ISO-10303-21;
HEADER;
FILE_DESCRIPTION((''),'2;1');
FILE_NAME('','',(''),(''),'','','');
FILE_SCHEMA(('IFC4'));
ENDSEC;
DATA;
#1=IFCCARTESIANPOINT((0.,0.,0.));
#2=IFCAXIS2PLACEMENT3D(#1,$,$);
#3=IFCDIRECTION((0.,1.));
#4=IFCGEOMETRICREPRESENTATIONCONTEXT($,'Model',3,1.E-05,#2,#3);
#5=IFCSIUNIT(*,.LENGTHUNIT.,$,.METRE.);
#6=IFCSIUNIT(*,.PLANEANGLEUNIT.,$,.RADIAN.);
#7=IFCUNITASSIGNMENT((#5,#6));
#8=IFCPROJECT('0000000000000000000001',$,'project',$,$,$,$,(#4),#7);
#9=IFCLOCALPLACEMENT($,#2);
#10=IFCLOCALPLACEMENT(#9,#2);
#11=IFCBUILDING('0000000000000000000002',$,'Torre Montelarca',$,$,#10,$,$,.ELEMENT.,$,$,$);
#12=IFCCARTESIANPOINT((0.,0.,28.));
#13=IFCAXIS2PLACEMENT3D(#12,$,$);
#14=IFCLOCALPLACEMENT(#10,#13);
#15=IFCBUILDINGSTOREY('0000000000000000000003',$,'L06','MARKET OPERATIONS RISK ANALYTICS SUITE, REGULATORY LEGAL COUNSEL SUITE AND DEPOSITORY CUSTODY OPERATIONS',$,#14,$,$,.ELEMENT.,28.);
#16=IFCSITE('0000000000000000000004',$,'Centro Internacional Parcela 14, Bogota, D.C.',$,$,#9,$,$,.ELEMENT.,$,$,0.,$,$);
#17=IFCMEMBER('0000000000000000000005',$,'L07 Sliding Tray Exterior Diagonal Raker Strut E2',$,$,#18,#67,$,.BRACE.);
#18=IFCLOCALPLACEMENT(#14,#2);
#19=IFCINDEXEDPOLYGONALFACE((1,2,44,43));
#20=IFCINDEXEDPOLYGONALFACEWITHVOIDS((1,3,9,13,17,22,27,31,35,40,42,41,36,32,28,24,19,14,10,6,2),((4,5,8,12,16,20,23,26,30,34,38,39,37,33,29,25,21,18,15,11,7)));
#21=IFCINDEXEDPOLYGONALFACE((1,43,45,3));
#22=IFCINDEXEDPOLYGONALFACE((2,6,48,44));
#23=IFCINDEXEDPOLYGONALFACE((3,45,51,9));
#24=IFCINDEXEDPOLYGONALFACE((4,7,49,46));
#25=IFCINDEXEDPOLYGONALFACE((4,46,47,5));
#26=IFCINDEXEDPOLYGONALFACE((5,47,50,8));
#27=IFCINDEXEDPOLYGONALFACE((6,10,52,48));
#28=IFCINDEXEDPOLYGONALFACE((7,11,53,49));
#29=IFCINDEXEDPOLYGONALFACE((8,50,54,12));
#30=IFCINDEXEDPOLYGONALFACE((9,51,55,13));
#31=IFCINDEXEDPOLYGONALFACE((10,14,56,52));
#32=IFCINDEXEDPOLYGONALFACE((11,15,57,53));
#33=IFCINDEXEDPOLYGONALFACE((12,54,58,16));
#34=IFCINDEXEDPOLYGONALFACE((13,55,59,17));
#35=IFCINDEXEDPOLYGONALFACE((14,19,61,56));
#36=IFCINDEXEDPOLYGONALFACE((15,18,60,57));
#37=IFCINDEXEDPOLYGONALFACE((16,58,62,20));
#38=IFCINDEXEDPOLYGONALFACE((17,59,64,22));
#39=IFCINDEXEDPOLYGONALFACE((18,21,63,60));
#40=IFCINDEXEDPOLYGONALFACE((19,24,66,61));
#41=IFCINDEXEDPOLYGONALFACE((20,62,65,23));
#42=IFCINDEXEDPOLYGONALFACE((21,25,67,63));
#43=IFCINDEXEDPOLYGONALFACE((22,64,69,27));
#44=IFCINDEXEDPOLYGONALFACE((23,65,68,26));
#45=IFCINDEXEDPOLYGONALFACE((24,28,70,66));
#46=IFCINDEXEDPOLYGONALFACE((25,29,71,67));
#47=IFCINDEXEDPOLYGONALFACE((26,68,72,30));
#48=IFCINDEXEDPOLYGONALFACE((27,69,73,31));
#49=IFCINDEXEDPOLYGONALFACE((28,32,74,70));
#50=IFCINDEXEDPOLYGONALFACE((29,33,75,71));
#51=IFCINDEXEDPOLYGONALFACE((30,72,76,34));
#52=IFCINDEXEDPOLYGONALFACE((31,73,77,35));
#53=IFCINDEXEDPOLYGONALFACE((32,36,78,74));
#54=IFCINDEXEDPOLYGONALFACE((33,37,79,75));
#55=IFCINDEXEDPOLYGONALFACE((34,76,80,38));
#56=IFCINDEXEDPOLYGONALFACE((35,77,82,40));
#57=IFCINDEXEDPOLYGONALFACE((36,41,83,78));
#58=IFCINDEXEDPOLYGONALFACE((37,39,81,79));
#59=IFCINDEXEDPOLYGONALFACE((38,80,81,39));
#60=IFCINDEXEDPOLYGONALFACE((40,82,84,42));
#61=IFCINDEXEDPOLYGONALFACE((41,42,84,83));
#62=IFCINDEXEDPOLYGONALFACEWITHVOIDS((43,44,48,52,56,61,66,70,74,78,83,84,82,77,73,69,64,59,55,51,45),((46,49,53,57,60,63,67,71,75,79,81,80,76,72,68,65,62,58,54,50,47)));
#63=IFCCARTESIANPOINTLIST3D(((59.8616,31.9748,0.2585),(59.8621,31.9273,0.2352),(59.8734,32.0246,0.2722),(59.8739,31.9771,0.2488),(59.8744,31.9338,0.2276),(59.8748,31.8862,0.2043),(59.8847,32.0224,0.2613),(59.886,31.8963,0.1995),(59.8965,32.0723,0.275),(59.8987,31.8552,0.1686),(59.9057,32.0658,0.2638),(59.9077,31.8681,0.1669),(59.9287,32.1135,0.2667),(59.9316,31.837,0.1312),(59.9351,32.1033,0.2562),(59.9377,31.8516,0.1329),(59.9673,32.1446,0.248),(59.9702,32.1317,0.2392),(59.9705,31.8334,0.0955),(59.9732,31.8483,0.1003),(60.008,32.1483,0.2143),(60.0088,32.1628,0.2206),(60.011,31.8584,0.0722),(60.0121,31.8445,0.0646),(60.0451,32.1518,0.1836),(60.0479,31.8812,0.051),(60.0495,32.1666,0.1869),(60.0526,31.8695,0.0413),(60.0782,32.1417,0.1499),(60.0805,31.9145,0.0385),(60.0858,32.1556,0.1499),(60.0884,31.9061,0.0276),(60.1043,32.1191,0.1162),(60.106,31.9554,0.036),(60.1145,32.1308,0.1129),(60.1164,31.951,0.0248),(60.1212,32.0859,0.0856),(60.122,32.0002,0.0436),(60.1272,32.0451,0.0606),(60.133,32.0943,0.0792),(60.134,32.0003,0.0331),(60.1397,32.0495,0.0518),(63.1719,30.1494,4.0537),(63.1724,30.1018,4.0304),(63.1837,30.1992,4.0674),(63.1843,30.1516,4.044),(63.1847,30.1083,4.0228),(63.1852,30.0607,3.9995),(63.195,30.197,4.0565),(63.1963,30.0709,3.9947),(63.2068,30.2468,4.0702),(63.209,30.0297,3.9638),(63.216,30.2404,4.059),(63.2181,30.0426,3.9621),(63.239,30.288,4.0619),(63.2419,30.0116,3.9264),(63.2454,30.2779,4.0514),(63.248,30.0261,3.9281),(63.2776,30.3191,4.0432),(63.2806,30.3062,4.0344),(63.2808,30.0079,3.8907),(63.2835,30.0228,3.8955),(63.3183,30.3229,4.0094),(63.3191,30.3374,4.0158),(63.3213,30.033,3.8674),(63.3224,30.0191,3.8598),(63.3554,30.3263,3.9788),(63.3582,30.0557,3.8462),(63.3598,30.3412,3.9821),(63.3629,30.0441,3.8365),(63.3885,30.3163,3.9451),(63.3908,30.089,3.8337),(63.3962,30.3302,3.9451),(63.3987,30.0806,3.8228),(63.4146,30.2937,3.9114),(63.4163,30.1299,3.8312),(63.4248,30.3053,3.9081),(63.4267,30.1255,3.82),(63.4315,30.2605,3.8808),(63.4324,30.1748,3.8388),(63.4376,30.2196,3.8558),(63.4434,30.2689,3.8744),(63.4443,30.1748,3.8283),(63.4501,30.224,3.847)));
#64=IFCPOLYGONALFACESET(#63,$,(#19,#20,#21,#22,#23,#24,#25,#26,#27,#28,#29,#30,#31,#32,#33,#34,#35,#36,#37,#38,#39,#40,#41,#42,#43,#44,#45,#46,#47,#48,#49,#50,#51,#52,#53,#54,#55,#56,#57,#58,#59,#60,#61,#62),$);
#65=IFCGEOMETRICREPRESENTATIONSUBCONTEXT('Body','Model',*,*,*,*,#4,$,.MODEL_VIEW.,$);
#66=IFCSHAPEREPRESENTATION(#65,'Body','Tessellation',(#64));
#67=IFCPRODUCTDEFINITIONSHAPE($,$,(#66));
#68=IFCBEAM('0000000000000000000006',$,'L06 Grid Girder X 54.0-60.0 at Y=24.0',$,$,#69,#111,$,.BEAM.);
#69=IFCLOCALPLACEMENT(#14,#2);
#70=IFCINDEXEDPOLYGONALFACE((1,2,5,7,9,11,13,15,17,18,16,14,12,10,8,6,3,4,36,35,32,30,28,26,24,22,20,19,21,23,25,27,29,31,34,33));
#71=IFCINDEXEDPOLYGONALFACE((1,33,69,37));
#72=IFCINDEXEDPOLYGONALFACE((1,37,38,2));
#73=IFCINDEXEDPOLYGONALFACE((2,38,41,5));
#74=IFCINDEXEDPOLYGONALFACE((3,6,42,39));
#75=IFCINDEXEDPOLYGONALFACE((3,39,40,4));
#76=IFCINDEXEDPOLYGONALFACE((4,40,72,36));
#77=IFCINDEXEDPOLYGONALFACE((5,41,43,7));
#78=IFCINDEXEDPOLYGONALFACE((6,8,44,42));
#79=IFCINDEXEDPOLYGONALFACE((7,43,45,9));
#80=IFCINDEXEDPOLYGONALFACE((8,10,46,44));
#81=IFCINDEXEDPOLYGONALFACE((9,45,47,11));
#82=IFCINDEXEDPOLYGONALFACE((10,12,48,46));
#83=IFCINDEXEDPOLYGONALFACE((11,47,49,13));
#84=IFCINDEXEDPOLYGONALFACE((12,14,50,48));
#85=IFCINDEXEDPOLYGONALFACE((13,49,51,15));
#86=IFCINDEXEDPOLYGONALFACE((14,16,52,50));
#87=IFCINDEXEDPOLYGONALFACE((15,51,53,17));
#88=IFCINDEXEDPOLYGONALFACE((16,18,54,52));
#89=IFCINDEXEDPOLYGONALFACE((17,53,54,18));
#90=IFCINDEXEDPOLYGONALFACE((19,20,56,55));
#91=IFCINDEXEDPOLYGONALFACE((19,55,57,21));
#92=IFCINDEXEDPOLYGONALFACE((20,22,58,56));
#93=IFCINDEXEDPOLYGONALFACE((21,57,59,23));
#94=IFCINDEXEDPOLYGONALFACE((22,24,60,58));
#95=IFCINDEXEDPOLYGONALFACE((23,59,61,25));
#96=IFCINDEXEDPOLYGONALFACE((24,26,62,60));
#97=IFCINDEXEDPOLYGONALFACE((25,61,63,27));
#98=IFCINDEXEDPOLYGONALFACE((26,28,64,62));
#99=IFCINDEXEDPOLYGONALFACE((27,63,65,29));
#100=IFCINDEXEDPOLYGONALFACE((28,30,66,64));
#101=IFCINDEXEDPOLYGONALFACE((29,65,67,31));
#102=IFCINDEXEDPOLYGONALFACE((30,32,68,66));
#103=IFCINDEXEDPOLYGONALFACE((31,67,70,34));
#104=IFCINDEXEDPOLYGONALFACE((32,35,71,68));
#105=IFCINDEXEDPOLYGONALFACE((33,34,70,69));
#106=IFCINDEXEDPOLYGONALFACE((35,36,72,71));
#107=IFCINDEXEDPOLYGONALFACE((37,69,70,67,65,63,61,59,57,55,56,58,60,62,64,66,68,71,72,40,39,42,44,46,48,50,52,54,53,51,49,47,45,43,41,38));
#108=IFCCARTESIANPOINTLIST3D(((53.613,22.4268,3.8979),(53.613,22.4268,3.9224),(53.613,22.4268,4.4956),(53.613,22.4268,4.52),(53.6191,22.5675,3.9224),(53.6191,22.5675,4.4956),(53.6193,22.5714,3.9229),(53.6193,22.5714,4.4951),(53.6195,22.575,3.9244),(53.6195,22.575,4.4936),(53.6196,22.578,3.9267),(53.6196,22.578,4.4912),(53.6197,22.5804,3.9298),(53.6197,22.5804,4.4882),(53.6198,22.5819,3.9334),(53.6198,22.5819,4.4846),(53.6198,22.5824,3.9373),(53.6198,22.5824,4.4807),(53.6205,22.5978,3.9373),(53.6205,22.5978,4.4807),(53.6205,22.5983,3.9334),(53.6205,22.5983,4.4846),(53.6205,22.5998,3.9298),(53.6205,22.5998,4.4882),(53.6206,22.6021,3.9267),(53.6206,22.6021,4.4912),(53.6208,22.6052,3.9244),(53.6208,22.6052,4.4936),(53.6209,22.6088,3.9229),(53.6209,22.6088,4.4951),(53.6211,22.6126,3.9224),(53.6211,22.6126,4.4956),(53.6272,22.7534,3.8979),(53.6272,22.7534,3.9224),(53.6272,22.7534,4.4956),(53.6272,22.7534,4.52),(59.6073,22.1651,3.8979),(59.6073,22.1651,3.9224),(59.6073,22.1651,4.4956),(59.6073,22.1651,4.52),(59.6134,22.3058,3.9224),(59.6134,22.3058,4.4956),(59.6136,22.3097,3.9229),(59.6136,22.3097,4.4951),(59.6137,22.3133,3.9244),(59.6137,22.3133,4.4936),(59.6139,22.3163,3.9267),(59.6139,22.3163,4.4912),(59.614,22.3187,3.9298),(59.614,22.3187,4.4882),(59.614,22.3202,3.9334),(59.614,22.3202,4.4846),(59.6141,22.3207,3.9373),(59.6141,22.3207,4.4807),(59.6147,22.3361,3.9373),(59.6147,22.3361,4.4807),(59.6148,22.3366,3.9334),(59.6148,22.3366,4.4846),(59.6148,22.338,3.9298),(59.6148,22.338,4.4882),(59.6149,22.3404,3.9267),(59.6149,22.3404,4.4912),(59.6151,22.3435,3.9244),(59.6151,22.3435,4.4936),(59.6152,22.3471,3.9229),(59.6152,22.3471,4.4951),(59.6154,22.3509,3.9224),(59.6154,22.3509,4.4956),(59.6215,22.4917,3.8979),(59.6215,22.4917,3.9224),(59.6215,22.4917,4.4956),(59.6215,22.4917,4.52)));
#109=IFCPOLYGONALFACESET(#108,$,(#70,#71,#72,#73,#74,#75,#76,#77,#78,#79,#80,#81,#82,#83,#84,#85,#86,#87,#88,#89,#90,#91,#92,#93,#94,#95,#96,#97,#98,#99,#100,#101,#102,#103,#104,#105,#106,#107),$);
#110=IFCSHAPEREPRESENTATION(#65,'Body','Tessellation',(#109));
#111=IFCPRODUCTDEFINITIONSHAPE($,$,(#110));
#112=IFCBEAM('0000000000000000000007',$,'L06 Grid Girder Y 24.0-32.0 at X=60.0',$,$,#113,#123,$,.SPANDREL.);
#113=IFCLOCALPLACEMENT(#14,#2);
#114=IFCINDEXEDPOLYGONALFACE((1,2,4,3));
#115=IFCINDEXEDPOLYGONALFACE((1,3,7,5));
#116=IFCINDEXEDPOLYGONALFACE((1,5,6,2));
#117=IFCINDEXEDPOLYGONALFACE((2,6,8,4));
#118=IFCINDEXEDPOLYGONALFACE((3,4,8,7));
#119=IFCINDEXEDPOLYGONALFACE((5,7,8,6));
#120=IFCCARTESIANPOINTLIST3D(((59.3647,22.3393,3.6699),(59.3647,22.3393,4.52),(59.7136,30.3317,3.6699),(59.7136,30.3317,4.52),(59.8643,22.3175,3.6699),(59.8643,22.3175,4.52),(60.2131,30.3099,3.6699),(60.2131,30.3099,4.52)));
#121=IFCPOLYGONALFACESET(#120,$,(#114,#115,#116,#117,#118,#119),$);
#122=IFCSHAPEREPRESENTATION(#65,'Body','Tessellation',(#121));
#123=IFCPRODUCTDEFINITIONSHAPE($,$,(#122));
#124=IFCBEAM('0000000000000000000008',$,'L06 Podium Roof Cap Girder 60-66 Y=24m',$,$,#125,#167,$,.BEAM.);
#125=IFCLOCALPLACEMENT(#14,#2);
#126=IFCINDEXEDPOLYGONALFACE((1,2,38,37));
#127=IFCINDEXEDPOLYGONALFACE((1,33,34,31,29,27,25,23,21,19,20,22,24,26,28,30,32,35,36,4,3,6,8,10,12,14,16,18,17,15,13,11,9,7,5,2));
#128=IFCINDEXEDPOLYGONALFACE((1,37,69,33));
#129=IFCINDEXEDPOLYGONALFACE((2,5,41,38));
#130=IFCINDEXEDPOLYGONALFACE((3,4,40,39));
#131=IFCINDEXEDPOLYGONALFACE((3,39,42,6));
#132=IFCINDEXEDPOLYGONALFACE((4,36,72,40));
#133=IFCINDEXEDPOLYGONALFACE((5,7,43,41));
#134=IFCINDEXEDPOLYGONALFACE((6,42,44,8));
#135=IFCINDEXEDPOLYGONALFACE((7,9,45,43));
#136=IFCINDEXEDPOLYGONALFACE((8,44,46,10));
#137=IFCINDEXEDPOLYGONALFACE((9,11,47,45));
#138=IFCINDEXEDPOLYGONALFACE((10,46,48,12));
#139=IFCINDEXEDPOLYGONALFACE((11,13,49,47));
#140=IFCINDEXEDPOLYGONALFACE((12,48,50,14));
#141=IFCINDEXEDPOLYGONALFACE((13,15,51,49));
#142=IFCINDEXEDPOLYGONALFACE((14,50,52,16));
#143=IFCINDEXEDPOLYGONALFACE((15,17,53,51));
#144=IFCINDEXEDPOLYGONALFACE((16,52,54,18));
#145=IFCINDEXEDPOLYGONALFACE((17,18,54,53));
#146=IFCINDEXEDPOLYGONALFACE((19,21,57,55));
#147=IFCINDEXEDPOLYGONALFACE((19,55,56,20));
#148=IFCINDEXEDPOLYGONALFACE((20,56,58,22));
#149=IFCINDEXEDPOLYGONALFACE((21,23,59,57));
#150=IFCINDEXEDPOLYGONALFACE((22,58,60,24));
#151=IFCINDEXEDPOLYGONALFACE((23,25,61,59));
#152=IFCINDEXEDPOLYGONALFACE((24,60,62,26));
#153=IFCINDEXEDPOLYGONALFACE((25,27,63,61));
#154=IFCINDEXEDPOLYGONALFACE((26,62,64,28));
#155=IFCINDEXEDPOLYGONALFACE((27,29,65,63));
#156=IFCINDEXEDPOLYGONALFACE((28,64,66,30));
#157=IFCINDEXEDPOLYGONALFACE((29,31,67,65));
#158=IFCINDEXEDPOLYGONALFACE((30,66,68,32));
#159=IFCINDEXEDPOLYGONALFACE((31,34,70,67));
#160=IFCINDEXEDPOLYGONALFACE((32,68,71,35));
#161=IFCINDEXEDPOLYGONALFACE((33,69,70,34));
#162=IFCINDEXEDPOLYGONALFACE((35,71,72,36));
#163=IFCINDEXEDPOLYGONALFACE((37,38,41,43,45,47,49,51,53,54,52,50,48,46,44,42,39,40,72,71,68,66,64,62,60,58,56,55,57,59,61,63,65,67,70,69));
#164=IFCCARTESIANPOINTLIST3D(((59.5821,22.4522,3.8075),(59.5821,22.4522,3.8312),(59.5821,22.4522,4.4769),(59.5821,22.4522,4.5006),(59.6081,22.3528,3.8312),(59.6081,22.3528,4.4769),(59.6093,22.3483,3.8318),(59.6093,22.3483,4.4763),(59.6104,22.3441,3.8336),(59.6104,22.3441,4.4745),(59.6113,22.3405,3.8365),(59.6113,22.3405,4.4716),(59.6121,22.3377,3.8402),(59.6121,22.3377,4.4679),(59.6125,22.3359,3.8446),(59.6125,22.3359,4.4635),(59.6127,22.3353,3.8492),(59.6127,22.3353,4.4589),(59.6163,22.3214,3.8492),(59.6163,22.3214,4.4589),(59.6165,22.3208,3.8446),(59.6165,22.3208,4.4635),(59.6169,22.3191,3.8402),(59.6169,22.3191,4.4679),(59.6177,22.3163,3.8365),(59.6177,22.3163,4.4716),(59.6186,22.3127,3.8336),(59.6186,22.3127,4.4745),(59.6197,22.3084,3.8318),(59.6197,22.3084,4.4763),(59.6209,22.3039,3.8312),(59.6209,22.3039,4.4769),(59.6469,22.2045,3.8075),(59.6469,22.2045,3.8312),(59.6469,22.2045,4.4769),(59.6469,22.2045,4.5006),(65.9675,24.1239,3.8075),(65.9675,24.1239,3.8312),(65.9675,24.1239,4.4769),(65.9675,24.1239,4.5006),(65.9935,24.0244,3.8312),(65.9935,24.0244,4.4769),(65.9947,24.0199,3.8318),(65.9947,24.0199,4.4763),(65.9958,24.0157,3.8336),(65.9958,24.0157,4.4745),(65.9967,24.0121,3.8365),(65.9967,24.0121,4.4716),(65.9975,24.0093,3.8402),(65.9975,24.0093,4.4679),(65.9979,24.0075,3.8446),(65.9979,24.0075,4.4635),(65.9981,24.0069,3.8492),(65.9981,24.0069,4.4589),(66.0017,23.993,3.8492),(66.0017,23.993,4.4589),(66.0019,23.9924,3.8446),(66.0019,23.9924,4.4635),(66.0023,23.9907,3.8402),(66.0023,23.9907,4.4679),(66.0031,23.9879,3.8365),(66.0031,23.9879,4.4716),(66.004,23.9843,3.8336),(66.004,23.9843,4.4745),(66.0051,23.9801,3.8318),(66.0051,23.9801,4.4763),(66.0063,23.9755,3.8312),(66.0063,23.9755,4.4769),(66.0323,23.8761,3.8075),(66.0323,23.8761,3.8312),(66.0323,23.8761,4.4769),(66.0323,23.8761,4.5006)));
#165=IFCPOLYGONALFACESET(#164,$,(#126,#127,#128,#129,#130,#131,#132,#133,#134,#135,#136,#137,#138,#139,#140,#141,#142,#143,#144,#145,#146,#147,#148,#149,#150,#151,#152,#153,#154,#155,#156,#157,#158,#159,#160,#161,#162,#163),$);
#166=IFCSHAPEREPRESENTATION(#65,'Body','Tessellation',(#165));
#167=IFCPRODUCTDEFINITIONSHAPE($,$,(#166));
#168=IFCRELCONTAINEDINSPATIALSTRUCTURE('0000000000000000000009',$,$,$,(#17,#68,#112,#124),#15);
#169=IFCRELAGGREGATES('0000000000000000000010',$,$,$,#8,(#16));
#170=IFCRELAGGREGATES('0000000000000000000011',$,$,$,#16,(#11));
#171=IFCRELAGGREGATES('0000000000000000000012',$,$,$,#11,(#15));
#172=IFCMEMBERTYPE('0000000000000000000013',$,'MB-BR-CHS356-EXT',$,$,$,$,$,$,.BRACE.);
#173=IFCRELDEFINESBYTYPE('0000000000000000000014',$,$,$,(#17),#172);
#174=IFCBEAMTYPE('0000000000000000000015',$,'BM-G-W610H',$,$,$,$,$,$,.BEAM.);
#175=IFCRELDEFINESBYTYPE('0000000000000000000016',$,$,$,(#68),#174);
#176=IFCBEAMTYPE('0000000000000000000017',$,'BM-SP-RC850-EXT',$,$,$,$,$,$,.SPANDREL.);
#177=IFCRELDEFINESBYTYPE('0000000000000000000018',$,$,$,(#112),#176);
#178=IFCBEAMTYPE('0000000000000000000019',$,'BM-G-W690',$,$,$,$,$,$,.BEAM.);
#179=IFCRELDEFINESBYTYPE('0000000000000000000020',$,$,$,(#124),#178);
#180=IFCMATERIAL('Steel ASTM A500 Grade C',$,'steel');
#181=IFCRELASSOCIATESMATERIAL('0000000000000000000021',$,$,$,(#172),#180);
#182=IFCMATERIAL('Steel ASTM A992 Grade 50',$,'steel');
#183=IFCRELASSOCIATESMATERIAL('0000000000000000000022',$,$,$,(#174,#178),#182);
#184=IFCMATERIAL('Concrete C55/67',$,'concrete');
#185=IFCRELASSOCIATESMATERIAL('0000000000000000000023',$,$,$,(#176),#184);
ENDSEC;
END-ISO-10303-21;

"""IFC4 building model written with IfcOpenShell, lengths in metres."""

from ifc_helpers import new_model, si_unit, direction, frame, origin, origin_2d, place, context, subcontext, project, spatial, rectangle, hollow_circle, i_section, extrude, source, transform, mapped, material, material_profile, profile_set, type_object, element, save


model = new_model("IFC4")

# Units and contexts
model_context = context("Model", 3, precision=1e-05, world=origin(), true_north=direction((0.0, 1.0)))
body_context = subcontext(model_context, "Body", "Model", "MODEL_VIEW")
ifc_project = project(units=[si_unit("LENGTHUNIT", "METRE"), si_unit("PLANEANGLEUNIT", "RADIAN")], contexts=[model_context])

# Site, building, storey
site_placement = place(None, origin())
site = spatial("IfcSite", under=ifc_project, at=site_placement, Name="Centro Internacional Parcela 14, Bogota, D.C.", CompositionType="ELEMENT", RefElevation=0.0)
building_placement = place(site_placement, origin())
building = spatial("IfcBuilding", under=site, at=building_placement, Name="Torre Montelarca", CompositionType="ELEMENT")
storey_placement = place(building_placement, frame((0.0, 0.0, 28.0)))
storey = spatial("IfcBuildingStorey", under=building, at=storey_placement, Name="L06", Description="MARKET OPERATIONS RISK ANALYTICS SUITE, REGULATORY LEGAL COUNSEL SUITE AND DEPOSITORY CUSTODY OPERATIONS", CompositionType="ELEMENT", Elevation=28.0)

# Shared definitions
ifc_material_1 = material(Name="Steel ASTM A992 Grade 50", Category="steel")

# Member
ifc_material_2 = material(Name="Steel ASTM A500 Grade C", Category="steel")
ifc_material_profile_1 = material_profile(ifc_material_2, hollow_circle(Radius=0.1777, WallThickness=0.0159, at=origin_2d()), Name="HSS355.6X15.9", Category="steel")
ifc_profile_set_1 = profile_set([ifc_material_profile_1], Name="Steel ASTM A500 Grade C")
member_type = type_object("IfcMemberType", Name="MB-BR-CHS356-EXT", PredefinedType="BRACE", material=ifc_profile_set_1)
shared_shape_1 = source(origin(), body_context, "Body", "SweptSolid", [
    extrude(hollow_circle(Radius=0.1777, WallThickness=0.0159, at=origin_2d()), origin(), (0.0, 0.0, 1.0), 5.3567),
])
member_1_placement = place(storey_placement, frame((60.0, 32.0, 0.1499), z_axis=(0.617981, -0.340781, 0.708497), x_axis=(0.482888, 0.875682, 0.0)))
element("IfcMember", 1, at=member_1_placement, inside=storey, type_object=member_type, Name="L07 Sliding Tray Exterior Diagonal Raker Strut E2", PredefinedType="BRACE", context=body_context, shape_type="MappedRepresentation", body=[
    mapped(shared_shape_1, transform((0.0, 0.0, 0.0), scale=1.0)),
])

# Beams
ifc_material_profile_2 = material_profile(ifc_material_1, i_section(OverallWidth=0.3269, OverallDepth=0.6221, WebThickness=0.0154, FlangeThickness=0.0244, FilletRadius=0.0149, at=origin_2d()), Name="W610X195", Category="steel")
ifc_profile_set_2 = profile_set([ifc_material_profile_2], Name="Steel ASTM A992 Grade 50")
beam_type_1 = type_object("IfcBeamType", Name="BM-G-W610H", PredefinedType="BEAM", material=ifc_profile_set_2)
shared_shape_2 = source(origin(), body_context, "Body", "SweptSolid", [
    extrude(i_section(OverallWidth=0.3269, OverallDepth=0.6221, WebThickness=0.0154, FlangeThickness=0.0244, FilletRadius=0.0149, at=origin_2d()), origin(), (0.0, 0.0, 1.0), 6.0),
])
beam_1_placement = place(storey_placement, frame((53.6201, 22.5901, 4.209), z_axis=(0.999048, -0.043619, 0.0), x_axis=(0.043619, 0.999048, 0.0)))
element("IfcBeam", 2, at=beam_1_placement, inside=storey, type_object=beam_type_1, Name="L06 Grid Girder X 54.0-60.0 at Y=24.0", PredefinedType="BEAM", context=body_context, shape_type="MappedRepresentation", body=[
    mapped(shared_shape_2, transform((0.0, 0.0, 0.0), scale=1.0)),
])
ifc_material_3 = material(Name="Concrete C55/67", Category="concrete")
ifc_material_profile_3 = material_profile(ifc_material_3, rectangle(XDim=0.5, YDim=0.8501, at=origin_2d()), Name="RCB500X850", Category="concrete")
ifc_profile_set_3 = profile_set([ifc_material_profile_3], Name="Concrete C55/67")
beam_type_2 = type_object("IfcBeamType", Name="BM-SP-RC850-EXT", PredefinedType="SPANDREL", material=ifc_profile_set_3)
shared_shape_3 = source(origin(), body_context, "Body", "SweptSolid", [
    extrude(rectangle(XDim=0.5, YDim=0.8501, at=origin_2d()), origin(), (0.0, 0.0, 1.0), 8.0),
])
beam_2_placement = place(storey_placement, frame((59.6145, 22.3284, 4.095), z_axis=(0.043609, 0.999049, 0.0), x_axis=(-0.999049, 0.043609, 0.0)))
element("IfcBeam", 3, at=beam_2_placement, inside=storey, type_object=beam_type_2, Name="L06 Grid Girder Y 24.0-32.0 at X=60.0", PredefinedType="SPANDREL", context=body_context, shape_type="MappedRepresentation", body=[
    mapped(shared_shape_3, transform((0.0, 0.0, 0.0), scale=1.0)),
])
ifc_material_profile_4 = material_profile(ifc_material_1, i_section(OverallWidth=0.2561, OverallDepth=0.6931, WebThickness=0.0144, FlangeThickness=0.0237, FilletRadius=0.0181, at=origin_2d()), Name="W690X170", Category="steel")
ifc_profile_set_4 = profile_set([ifc_material_profile_4], Name="Steel ASTM A992 Grade 50")
beam_type_3 = type_object("IfcBeamType", Name="BM-G-W690", PredefinedType="BEAM", material=ifc_profile_set_4)
shared_shape_4 = source(origin(), body_context, "Body", "SweptSolid", [
    extrude(i_section(OverallWidth=0.2561, OverallDepth=0.6931, WebThickness=0.0144, FlangeThickness=0.0237, FilletRadius=0.0181, at=origin_2d()), origin(), (0.0, 0.0, 1.0), 6.6006),
])
beam_3_placement = place(storey_placement, frame((59.6145, 22.3284, 4.1541), z_axis=(0.9674, 0.253251, 0.0), x_axis=(-0.253251, 0.9674, 0.0)))
element("IfcBeam", 4, at=beam_3_placement, inside=storey, type_object=beam_type_3, Name="L06 Podium Roof Cap Girder 60-66 Y=24m", PredefinedType="BEAM", context=body_context, shape_type="MappedRepresentation", body=[
    mapped(shared_shape_4, transform((0.0, 0.0, 0.0), scale=1.0)),
])

save(model, "model.ifc")
